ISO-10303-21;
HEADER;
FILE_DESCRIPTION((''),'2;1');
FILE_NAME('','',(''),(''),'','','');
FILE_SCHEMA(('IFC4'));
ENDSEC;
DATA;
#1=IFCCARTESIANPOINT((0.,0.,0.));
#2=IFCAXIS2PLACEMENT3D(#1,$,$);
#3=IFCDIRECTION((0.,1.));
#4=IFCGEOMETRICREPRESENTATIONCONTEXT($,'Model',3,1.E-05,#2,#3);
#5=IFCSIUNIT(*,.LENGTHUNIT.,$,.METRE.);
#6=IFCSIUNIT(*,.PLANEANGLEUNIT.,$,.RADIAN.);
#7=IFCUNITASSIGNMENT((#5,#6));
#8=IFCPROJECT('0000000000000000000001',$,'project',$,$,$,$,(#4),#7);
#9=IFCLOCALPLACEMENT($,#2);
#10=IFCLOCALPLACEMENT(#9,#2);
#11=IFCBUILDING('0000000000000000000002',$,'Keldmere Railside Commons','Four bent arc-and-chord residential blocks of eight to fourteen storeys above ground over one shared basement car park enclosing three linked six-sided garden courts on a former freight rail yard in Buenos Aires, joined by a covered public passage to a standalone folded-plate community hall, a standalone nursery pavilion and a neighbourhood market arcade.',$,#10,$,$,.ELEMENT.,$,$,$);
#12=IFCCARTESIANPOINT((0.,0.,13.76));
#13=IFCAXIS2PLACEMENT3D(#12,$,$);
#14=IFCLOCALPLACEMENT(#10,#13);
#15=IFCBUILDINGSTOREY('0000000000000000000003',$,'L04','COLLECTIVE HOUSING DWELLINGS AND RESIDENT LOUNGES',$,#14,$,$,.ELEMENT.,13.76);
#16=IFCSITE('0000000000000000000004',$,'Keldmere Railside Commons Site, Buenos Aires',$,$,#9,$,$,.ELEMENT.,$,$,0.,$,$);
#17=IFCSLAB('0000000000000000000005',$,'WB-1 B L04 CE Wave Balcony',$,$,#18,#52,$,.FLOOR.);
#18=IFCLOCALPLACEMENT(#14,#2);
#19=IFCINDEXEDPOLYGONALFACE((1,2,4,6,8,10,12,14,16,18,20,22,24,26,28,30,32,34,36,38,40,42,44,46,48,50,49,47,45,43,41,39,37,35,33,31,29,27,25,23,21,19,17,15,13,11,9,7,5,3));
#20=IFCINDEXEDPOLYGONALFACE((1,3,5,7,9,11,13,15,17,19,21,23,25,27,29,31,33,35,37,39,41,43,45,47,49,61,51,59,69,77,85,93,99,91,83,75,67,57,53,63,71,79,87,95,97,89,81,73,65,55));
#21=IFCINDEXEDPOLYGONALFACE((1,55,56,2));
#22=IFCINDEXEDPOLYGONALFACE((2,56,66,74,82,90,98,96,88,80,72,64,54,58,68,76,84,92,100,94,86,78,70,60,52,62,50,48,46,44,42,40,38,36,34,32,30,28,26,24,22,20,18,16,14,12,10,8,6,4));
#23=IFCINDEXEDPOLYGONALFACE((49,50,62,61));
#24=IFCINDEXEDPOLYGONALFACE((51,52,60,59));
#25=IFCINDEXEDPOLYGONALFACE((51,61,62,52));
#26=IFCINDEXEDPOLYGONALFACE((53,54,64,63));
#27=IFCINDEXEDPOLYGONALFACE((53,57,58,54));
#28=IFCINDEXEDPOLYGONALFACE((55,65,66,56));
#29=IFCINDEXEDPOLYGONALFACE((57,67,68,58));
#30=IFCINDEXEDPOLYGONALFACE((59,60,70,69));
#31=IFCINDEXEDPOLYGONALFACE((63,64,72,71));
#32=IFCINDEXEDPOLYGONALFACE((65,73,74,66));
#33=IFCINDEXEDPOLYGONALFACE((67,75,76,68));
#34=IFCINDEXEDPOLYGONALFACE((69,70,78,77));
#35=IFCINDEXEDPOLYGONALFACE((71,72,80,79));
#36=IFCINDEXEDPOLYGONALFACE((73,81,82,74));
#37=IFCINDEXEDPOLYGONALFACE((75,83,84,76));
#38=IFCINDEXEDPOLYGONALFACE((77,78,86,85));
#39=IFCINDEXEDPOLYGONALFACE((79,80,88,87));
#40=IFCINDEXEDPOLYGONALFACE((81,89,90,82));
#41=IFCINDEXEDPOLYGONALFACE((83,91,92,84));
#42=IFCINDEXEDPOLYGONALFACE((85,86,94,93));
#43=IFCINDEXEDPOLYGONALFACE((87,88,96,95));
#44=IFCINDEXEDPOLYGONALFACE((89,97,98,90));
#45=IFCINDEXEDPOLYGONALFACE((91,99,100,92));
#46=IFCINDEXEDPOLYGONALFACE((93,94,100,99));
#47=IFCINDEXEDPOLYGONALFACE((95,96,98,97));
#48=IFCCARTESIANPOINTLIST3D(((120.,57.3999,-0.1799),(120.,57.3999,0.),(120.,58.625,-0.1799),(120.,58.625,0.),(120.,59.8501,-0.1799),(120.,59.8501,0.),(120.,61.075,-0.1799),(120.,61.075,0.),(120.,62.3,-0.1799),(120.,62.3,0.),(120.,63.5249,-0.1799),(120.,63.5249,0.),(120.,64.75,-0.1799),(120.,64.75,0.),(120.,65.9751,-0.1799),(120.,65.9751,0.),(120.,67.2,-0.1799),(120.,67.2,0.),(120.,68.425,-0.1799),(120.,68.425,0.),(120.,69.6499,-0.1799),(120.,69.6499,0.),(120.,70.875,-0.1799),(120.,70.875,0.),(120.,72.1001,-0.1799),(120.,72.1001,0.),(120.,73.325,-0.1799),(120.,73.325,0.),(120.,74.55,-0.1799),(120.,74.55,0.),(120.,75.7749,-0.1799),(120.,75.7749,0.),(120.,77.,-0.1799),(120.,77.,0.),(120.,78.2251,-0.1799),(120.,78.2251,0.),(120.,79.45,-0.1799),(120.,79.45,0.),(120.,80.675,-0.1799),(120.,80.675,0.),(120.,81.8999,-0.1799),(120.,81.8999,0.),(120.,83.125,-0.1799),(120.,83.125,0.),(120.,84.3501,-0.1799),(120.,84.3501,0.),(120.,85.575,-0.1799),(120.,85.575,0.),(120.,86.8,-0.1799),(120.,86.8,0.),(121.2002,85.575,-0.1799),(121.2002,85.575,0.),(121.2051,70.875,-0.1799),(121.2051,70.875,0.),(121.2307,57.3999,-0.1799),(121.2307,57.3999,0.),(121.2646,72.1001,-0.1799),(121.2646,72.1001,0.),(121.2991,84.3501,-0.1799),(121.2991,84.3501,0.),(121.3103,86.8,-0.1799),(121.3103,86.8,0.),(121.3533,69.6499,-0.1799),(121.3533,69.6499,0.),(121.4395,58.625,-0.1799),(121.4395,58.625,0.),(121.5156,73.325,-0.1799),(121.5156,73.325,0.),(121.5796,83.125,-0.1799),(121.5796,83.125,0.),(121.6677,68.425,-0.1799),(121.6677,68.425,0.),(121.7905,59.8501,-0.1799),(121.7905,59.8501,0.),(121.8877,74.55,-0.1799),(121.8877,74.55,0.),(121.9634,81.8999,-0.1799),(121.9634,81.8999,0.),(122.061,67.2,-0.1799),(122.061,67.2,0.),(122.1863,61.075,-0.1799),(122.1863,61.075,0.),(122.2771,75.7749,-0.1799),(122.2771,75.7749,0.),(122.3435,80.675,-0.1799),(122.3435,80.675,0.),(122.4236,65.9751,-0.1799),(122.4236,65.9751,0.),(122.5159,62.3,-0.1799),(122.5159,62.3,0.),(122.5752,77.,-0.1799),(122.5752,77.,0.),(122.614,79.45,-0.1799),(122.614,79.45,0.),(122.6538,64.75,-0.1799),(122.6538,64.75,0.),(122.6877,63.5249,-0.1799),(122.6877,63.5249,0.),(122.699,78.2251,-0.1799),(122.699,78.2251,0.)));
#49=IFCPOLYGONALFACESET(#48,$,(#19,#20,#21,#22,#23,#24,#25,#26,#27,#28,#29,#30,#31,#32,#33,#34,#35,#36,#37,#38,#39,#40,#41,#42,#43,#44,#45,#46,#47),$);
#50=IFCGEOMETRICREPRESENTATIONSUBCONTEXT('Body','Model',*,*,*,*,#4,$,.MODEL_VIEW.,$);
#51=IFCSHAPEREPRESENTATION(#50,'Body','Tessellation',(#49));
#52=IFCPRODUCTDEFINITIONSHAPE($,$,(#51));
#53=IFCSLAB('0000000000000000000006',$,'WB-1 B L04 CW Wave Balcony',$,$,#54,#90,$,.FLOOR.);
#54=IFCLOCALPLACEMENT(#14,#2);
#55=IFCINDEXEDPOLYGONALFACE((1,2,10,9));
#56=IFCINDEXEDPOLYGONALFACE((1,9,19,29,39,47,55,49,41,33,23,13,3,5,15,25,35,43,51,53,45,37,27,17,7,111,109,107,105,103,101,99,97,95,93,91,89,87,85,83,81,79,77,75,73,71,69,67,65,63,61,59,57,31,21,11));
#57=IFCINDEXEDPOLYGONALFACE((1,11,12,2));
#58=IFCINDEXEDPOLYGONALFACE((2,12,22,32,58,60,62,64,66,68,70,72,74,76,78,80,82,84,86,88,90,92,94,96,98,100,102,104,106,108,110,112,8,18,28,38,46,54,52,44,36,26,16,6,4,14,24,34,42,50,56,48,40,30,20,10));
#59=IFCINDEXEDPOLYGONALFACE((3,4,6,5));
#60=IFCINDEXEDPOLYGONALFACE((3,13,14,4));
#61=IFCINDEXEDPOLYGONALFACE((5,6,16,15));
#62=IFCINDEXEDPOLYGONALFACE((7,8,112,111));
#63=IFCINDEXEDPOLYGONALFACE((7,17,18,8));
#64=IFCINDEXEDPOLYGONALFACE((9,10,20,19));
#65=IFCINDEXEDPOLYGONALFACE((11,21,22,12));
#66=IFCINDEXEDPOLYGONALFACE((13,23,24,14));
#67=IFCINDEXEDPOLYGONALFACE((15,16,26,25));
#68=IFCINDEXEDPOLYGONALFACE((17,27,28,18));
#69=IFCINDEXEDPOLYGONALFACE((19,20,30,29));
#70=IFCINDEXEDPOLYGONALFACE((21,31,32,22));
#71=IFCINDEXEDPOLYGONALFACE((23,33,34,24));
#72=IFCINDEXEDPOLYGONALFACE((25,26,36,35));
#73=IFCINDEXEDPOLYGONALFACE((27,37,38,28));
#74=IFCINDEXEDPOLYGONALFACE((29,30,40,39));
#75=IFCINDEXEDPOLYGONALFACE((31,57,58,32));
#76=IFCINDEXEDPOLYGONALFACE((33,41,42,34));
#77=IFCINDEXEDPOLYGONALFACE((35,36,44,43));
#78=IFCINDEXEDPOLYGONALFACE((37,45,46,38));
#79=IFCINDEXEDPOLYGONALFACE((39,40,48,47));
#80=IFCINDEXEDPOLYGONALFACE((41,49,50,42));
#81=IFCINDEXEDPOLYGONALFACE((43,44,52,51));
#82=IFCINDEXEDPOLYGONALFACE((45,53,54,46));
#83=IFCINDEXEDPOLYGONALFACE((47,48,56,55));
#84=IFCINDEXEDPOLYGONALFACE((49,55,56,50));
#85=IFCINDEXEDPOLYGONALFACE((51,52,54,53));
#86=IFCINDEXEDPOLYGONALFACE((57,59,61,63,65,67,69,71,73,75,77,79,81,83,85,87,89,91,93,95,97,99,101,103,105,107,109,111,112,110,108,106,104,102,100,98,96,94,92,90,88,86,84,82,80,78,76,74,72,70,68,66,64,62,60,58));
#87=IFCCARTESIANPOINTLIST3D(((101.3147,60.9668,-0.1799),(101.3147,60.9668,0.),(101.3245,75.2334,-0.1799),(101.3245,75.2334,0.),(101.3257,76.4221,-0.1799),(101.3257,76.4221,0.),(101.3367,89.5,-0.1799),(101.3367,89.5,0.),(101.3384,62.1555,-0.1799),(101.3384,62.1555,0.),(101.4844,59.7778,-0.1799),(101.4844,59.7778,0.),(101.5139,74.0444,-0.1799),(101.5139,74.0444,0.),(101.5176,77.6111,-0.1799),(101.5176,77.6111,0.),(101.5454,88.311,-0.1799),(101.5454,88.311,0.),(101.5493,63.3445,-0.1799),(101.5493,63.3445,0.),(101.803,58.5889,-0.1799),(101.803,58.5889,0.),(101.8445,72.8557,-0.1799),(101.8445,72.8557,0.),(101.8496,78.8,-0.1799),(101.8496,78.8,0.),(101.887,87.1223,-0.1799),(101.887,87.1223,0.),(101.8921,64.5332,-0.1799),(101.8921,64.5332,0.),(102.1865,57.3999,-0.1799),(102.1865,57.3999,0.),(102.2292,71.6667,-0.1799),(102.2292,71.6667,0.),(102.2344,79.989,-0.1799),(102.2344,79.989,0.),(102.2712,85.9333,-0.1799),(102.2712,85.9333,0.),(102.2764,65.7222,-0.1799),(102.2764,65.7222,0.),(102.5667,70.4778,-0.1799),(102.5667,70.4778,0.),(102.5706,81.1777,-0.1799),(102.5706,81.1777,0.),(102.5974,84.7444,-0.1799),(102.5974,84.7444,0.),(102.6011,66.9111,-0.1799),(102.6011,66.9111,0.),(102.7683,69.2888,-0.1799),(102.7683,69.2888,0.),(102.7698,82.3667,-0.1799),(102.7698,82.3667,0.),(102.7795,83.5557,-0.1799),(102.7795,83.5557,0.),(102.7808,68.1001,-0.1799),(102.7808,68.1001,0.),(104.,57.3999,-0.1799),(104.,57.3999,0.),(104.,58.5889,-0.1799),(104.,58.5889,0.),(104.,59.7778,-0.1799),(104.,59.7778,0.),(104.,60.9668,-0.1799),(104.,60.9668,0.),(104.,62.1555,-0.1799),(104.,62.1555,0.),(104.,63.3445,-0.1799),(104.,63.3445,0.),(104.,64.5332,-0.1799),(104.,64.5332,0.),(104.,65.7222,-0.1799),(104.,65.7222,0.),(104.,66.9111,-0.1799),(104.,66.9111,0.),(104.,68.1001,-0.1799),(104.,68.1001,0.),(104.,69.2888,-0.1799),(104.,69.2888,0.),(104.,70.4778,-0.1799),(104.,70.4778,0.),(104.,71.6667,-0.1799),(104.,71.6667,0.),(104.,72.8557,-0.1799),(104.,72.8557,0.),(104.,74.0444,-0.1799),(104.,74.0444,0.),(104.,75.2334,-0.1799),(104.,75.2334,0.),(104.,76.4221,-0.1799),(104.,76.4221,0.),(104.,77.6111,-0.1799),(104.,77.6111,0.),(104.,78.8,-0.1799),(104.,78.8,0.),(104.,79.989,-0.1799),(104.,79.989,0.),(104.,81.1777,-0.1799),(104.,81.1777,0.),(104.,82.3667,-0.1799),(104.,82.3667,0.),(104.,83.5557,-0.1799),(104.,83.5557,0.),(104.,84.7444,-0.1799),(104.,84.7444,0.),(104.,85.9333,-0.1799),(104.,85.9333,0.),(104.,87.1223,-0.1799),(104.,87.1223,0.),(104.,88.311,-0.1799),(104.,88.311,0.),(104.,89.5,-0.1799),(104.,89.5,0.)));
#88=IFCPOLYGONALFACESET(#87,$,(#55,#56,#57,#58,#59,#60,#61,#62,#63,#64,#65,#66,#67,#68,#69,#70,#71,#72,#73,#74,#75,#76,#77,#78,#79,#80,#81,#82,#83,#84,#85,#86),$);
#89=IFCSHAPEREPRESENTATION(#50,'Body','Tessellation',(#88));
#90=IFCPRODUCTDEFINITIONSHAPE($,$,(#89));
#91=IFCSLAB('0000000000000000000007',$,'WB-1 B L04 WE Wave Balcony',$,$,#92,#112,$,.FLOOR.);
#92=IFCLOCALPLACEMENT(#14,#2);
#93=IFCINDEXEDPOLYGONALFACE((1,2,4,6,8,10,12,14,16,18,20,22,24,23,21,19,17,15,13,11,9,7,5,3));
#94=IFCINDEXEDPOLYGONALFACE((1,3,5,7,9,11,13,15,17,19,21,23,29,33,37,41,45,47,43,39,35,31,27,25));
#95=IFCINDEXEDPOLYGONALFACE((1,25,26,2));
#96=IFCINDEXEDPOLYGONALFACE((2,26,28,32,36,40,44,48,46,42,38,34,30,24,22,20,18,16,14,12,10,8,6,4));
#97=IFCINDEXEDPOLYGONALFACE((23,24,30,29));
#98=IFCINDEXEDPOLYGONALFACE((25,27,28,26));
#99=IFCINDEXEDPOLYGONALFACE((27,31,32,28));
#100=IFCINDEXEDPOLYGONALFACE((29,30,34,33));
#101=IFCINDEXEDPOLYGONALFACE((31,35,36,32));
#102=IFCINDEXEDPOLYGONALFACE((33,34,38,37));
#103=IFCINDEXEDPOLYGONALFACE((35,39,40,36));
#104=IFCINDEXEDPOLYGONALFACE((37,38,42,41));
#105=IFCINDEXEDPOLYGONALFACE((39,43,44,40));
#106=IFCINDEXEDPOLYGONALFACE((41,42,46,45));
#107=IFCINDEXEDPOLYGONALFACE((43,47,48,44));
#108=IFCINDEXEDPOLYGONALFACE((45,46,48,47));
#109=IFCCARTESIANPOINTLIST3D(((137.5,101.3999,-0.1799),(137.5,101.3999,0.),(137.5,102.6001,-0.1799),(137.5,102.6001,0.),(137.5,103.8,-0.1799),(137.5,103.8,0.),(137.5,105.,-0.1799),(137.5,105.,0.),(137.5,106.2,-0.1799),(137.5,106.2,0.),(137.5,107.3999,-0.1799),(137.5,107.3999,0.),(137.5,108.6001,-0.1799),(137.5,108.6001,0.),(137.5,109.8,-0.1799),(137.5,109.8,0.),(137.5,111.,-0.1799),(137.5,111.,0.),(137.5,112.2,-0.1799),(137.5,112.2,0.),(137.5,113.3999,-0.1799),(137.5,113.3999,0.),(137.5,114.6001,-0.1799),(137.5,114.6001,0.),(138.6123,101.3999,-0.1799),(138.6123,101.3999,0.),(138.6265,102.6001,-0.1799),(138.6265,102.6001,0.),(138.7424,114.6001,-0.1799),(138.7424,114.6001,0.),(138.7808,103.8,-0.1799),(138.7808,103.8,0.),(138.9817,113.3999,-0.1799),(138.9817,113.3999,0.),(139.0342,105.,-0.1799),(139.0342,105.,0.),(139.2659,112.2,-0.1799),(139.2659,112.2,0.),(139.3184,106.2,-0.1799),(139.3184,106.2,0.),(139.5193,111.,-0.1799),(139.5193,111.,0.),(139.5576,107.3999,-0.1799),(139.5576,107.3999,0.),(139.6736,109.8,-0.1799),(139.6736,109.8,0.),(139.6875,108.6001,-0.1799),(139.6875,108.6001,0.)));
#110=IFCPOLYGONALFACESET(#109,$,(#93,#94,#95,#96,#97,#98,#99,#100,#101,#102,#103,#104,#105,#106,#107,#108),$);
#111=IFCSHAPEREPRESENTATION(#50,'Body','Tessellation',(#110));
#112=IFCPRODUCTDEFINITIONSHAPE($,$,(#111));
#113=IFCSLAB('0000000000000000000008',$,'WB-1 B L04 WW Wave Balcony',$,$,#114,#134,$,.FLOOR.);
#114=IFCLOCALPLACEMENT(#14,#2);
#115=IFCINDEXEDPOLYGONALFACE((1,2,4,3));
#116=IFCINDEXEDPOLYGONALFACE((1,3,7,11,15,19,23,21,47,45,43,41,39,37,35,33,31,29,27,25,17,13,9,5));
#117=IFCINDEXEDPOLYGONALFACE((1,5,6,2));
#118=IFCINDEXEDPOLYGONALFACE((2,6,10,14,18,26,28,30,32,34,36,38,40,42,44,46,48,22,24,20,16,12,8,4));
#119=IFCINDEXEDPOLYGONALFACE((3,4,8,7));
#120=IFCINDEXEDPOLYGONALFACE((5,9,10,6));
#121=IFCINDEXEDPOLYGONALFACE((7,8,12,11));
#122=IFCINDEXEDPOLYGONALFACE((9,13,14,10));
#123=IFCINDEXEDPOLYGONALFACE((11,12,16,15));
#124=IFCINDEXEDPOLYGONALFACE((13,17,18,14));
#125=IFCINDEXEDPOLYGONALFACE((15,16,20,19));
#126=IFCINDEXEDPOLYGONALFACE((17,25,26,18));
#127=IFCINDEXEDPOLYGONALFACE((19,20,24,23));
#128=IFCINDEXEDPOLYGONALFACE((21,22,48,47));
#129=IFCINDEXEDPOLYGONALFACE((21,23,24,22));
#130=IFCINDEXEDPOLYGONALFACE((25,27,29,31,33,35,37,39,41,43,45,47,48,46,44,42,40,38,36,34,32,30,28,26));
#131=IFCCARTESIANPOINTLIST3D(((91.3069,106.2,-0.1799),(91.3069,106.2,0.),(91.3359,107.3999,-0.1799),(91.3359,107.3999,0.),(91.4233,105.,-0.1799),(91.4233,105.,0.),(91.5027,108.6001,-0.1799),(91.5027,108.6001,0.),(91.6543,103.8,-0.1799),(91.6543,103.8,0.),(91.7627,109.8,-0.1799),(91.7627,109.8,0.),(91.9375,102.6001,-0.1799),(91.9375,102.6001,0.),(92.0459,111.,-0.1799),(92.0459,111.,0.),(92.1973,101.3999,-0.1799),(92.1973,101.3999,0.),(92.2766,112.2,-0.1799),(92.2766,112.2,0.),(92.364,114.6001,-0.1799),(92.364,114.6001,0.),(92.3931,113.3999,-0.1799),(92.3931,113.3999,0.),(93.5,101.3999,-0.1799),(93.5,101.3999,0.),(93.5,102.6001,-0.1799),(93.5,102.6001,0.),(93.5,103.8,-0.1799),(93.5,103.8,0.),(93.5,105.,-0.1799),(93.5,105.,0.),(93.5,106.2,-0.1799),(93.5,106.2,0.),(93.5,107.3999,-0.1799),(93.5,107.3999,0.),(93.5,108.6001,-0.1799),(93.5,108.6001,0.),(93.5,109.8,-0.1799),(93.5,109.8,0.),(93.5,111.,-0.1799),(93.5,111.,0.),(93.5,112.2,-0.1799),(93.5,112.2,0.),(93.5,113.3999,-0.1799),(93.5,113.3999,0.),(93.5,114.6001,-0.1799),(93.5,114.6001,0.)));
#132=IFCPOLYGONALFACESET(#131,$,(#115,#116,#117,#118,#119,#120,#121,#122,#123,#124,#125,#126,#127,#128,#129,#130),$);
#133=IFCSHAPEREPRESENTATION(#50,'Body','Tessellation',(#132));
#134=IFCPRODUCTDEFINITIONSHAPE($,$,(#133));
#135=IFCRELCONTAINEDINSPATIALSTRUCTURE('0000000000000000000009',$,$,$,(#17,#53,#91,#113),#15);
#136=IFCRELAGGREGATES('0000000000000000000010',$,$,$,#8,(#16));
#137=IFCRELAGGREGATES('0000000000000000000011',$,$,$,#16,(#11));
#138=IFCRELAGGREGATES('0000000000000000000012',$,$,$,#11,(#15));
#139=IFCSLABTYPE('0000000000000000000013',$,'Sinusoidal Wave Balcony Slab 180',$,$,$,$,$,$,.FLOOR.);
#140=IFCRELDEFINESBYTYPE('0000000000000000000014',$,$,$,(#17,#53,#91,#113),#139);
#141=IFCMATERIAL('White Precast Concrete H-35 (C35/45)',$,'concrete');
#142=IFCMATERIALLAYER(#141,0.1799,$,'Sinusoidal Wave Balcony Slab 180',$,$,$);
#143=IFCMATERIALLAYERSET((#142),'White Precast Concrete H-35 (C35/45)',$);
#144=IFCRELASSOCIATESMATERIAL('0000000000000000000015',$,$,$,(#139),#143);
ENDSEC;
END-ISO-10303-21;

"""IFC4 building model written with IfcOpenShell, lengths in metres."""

from ifc_helpers import new_model, si_unit, direction, frame, origin, place, context, subcontext, project, spatial, polyline, outline, extrude, material, layer, layer_set, type_object, element, save


model = new_model("IFC4")

# Units and contexts
model_context = context("Model", 3, precision=1e-05, world=origin(), true_north=direction((0.0, 1.0)))
body_context = subcontext(model_context, "Body", "Model", "MODEL_VIEW")
ifc_project = project(units=[si_unit("LENGTHUNIT", "METRE"), si_unit("PLANEANGLEUNIT", "RADIAN")], contexts=[model_context])

# Site, building, storey
site_placement = place(None, origin())
site = spatial("IfcSite", under=ifc_project, at=site_placement, Name="Keldmere Railside Commons Site, Buenos Aires", CompositionType="ELEMENT", RefElevation=0.0)
building_placement = place(site_placement, origin())
building = spatial("IfcBuilding", under=site, at=building_placement, Name="Keldmere Railside Commons", Description="Four bent arc-and-chord residential blocks of eight to fourteen storeys above ground over one shared basement car park enclosing three linked six-sided garden courts on a former freight rail yard in Buenos Aires, joined by a covered public passage to a standalone folded-plate community hall, a standalone nursery pavilion and a neighbourhood market arcade.", CompositionType="ELEMENT")
storey_placement = place(building_placement, frame((0.0, 0.0, 13.76)))
storey = spatial("IfcBuildingStorey", under=building, at=storey_placement, Name="L04", Description="COLLECTIVE HOUSING DWELLINGS AND RESIDENT LOUNGES", CompositionType="ELEMENT", Elevation=13.76)

# Slabs
ifc_material_1 = material(Name="White Precast Concrete H-35 (C35/45)", Category="concrete")
ifc_layer_1 = layer(ifc_material_1, 0.1799, Name="Sinusoidal Wave Balcony Slab 180")
ifc_layer_set_1 = layer_set([ifc_layer_1], Name="White Precast Concrete H-35 (C35/45)")
slab_type_1 = type_object("IfcSlabType", Name="Sinusoidal Wave Balcony Slab 180", PredefinedType="FLOOR", material=ifc_layer_set_1)
slab_1_placement = place(storey_placement, frame((0.0, 0.0, -0.1799)))
element("IfcSlab", 1, at=slab_1_placement, inside=storey, type_object=slab_type_1, Name="WB-1 B L04 CE Wave Balcony", PredefinedType="FLOOR", context=body_context, shape_type="SweptSolid", body=[
    extrude(outline(polyline([(121.2307, 57.3999), (121.4395, 58.625), (121.7905, 59.8501), (122.1863, 61.075), (122.5159, 62.3), (122.6877, 63.5249), (122.6538, 64.75), (122.4236, 65.9751), (122.061, 67.2), (121.6677, 68.425), (121.3533, 69.6499), (121.2051, 70.875), (121.2646, 72.1001), (121.5156, 73.325), (121.8877, 74.55), (122.2771, 75.7749), (122.5752, 77.0), (122.699, 78.2251), (122.614, 79.45), (122.3435, 80.675), (121.9634, 81.8999), (121.5796, 83.125), (121.2991, 84.3501), (121.2002, 85.575), (121.3103, 86.8), (120.0, 86.8), (120.0, 85.575), (120.0, 84.3501), (120.0, 83.125), (120.0, 81.8999), (120.0, 80.675), (120.0, 79.45), (120.0, 78.2251), (120.0, 77.0), (120.0, 75.7749), (120.0, 74.55), (120.0, 73.325), (120.0, 72.1001), (120.0, 70.875), (120.0, 69.6499), (120.0, 68.425), (120.0, 67.2), (120.0, 65.9751), (120.0, 64.75), (120.0, 63.5249), (120.0, 62.3), (120.0, 61.075), (120.0, 59.8501), (120.0, 58.625), (120.0, 57.3999), (121.2307, 57.3999)])), origin(), (0.0, 0.0, 1.0), 0.1799),
])
slab_2_placement = place(storey_placement, frame((0.0, 0.0, -0.1799)))
element("IfcSlab", 2, at=slab_2_placement, inside=storey, type_object=slab_type_1, Name="WB-1 B L04 CW Wave Balcony", PredefinedType="FLOOR", context=body_context, shape_type="SweptSolid", body=[
    extrude(outline(polyline([(104.0, 57.3999), (104.0, 58.5889), (104.0, 59.7778), (104.0, 60.9668), (104.0, 62.1555), (104.0, 63.3445), (104.0, 64.5332), (104.0, 65.7222), (104.0, 66.9111), (104.0, 68.1001), (104.0, 69.2888), (104.0, 70.4778), (104.0, 71.6667), (104.0, 72.8557), (104.0, 74.0444), (104.0, 75.2334), (104.0, 76.4221), (104.0, 77.6111), (104.0, 78.8), (104.0, 79.989), (104.0, 81.1777), (104.0, 82.3667), (104.0, 83.5557), (104.0, 84.7444), (104.0, 85.9333), (104.0, 87.1223), (104.0, 88.311), (104.0, 89.5), (101.3367, 89.5), (101.5454, 88.311), (101.887, 87.1223), (102.2712, 85.9333), (102.5974, 84.7444), (102.7795, 83.5557), (102.7698, 82.3667), (102.5706, 81.1777), (102.2344, 79.989), (101.8496, 78.8), (101.5176, 77.6111), (101.3257, 76.4221), (101.3245, 75.2334), (101.5139, 74.0444), (101.8445, 72.8557), (102.2292, 71.6667), (102.5667, 70.4778), (102.7683, 69.2888), (102.7808, 68.1001), (102.6011, 66.9111), (102.2764, 65.7222), (101.8921, 64.5332), (101.5493, 63.3445), (101.3384, 62.1555), (101.3147, 60.9668), (101.4844, 59.7778), (101.803, 58.5889), (102.1865, 57.3999), (104.0, 57.3999)])), origin(), (0.0, 0.0, 1.0), 0.1799),
])
slab_3_placement = place(storey_placement, frame((0.0, 0.0, -0.1799)))
element("IfcSlab", 3, at=slab_3_placement, inside=storey, type_object=slab_type_1, Name="WB-1 B L04 WE Wave Balcony", PredefinedType="FLOOR", context=body_context, shape_type="SweptSolid", body=[
    extrude(outline(polyline([(138.6123, 101.3999), (138.6265, 102.6001), (138.7808, 103.8), (139.0342, 105.0), (139.3184, 106.2), (139.5576, 107.3999), (139.6875, 108.6001), (139.6736, 109.8), (139.5193, 111.0), (139.2659, 112.2), (138.9817, 113.3999), (138.7424, 114.6001), (137.5, 114.6001), (137.5, 113.3999), (137.5, 112.2), (137.5, 111.0), (137.5, 109.8), (137.5, 108.6001), (137.5, 107.3999), (137.5, 106.2), (137.5, 105.0), (137.5, 103.8), (137.5, 102.6001), (137.5, 101.3999), (138.6123, 101.3999)])), origin(), (0.0, 0.0, 1.0), 0.1799),
])
slab_4_placement = place(storey_placement, frame((0.0, 0.0, -0.1799)))
element("IfcSlab", 4, at=slab_4_placement, inside=storey, type_object=slab_type_1, Name="WB-1 B L04 WW Wave Balcony", PredefinedType="FLOOR", context=body_context, shape_type="SweptSolid", body=[
    extrude(outline(polyline([(93.5, 101.3999), (93.5, 102.6001), (93.5, 103.8), (93.5, 105.0), (93.5, 106.2), (93.5, 107.3999), (93.5, 108.6001), (93.5, 109.8), (93.5, 111.0), (93.5, 112.2), (93.5, 113.3999), (93.5, 114.6001), (92.364, 114.6001), (92.3931, 113.3999), (92.2766, 112.2), (92.0459, 111.0), (91.7627, 109.8), (91.5027, 108.6001), (91.3359, 107.3999), (91.3069, 106.2), (91.4233, 105.0), (91.6543, 103.8), (91.9375, 102.6001), (92.1973, 101.3999), (93.5, 101.3999)])), origin(), (0.0, 0.0, 1.0), 0.1799),
])

save(model, "model.ifc")
